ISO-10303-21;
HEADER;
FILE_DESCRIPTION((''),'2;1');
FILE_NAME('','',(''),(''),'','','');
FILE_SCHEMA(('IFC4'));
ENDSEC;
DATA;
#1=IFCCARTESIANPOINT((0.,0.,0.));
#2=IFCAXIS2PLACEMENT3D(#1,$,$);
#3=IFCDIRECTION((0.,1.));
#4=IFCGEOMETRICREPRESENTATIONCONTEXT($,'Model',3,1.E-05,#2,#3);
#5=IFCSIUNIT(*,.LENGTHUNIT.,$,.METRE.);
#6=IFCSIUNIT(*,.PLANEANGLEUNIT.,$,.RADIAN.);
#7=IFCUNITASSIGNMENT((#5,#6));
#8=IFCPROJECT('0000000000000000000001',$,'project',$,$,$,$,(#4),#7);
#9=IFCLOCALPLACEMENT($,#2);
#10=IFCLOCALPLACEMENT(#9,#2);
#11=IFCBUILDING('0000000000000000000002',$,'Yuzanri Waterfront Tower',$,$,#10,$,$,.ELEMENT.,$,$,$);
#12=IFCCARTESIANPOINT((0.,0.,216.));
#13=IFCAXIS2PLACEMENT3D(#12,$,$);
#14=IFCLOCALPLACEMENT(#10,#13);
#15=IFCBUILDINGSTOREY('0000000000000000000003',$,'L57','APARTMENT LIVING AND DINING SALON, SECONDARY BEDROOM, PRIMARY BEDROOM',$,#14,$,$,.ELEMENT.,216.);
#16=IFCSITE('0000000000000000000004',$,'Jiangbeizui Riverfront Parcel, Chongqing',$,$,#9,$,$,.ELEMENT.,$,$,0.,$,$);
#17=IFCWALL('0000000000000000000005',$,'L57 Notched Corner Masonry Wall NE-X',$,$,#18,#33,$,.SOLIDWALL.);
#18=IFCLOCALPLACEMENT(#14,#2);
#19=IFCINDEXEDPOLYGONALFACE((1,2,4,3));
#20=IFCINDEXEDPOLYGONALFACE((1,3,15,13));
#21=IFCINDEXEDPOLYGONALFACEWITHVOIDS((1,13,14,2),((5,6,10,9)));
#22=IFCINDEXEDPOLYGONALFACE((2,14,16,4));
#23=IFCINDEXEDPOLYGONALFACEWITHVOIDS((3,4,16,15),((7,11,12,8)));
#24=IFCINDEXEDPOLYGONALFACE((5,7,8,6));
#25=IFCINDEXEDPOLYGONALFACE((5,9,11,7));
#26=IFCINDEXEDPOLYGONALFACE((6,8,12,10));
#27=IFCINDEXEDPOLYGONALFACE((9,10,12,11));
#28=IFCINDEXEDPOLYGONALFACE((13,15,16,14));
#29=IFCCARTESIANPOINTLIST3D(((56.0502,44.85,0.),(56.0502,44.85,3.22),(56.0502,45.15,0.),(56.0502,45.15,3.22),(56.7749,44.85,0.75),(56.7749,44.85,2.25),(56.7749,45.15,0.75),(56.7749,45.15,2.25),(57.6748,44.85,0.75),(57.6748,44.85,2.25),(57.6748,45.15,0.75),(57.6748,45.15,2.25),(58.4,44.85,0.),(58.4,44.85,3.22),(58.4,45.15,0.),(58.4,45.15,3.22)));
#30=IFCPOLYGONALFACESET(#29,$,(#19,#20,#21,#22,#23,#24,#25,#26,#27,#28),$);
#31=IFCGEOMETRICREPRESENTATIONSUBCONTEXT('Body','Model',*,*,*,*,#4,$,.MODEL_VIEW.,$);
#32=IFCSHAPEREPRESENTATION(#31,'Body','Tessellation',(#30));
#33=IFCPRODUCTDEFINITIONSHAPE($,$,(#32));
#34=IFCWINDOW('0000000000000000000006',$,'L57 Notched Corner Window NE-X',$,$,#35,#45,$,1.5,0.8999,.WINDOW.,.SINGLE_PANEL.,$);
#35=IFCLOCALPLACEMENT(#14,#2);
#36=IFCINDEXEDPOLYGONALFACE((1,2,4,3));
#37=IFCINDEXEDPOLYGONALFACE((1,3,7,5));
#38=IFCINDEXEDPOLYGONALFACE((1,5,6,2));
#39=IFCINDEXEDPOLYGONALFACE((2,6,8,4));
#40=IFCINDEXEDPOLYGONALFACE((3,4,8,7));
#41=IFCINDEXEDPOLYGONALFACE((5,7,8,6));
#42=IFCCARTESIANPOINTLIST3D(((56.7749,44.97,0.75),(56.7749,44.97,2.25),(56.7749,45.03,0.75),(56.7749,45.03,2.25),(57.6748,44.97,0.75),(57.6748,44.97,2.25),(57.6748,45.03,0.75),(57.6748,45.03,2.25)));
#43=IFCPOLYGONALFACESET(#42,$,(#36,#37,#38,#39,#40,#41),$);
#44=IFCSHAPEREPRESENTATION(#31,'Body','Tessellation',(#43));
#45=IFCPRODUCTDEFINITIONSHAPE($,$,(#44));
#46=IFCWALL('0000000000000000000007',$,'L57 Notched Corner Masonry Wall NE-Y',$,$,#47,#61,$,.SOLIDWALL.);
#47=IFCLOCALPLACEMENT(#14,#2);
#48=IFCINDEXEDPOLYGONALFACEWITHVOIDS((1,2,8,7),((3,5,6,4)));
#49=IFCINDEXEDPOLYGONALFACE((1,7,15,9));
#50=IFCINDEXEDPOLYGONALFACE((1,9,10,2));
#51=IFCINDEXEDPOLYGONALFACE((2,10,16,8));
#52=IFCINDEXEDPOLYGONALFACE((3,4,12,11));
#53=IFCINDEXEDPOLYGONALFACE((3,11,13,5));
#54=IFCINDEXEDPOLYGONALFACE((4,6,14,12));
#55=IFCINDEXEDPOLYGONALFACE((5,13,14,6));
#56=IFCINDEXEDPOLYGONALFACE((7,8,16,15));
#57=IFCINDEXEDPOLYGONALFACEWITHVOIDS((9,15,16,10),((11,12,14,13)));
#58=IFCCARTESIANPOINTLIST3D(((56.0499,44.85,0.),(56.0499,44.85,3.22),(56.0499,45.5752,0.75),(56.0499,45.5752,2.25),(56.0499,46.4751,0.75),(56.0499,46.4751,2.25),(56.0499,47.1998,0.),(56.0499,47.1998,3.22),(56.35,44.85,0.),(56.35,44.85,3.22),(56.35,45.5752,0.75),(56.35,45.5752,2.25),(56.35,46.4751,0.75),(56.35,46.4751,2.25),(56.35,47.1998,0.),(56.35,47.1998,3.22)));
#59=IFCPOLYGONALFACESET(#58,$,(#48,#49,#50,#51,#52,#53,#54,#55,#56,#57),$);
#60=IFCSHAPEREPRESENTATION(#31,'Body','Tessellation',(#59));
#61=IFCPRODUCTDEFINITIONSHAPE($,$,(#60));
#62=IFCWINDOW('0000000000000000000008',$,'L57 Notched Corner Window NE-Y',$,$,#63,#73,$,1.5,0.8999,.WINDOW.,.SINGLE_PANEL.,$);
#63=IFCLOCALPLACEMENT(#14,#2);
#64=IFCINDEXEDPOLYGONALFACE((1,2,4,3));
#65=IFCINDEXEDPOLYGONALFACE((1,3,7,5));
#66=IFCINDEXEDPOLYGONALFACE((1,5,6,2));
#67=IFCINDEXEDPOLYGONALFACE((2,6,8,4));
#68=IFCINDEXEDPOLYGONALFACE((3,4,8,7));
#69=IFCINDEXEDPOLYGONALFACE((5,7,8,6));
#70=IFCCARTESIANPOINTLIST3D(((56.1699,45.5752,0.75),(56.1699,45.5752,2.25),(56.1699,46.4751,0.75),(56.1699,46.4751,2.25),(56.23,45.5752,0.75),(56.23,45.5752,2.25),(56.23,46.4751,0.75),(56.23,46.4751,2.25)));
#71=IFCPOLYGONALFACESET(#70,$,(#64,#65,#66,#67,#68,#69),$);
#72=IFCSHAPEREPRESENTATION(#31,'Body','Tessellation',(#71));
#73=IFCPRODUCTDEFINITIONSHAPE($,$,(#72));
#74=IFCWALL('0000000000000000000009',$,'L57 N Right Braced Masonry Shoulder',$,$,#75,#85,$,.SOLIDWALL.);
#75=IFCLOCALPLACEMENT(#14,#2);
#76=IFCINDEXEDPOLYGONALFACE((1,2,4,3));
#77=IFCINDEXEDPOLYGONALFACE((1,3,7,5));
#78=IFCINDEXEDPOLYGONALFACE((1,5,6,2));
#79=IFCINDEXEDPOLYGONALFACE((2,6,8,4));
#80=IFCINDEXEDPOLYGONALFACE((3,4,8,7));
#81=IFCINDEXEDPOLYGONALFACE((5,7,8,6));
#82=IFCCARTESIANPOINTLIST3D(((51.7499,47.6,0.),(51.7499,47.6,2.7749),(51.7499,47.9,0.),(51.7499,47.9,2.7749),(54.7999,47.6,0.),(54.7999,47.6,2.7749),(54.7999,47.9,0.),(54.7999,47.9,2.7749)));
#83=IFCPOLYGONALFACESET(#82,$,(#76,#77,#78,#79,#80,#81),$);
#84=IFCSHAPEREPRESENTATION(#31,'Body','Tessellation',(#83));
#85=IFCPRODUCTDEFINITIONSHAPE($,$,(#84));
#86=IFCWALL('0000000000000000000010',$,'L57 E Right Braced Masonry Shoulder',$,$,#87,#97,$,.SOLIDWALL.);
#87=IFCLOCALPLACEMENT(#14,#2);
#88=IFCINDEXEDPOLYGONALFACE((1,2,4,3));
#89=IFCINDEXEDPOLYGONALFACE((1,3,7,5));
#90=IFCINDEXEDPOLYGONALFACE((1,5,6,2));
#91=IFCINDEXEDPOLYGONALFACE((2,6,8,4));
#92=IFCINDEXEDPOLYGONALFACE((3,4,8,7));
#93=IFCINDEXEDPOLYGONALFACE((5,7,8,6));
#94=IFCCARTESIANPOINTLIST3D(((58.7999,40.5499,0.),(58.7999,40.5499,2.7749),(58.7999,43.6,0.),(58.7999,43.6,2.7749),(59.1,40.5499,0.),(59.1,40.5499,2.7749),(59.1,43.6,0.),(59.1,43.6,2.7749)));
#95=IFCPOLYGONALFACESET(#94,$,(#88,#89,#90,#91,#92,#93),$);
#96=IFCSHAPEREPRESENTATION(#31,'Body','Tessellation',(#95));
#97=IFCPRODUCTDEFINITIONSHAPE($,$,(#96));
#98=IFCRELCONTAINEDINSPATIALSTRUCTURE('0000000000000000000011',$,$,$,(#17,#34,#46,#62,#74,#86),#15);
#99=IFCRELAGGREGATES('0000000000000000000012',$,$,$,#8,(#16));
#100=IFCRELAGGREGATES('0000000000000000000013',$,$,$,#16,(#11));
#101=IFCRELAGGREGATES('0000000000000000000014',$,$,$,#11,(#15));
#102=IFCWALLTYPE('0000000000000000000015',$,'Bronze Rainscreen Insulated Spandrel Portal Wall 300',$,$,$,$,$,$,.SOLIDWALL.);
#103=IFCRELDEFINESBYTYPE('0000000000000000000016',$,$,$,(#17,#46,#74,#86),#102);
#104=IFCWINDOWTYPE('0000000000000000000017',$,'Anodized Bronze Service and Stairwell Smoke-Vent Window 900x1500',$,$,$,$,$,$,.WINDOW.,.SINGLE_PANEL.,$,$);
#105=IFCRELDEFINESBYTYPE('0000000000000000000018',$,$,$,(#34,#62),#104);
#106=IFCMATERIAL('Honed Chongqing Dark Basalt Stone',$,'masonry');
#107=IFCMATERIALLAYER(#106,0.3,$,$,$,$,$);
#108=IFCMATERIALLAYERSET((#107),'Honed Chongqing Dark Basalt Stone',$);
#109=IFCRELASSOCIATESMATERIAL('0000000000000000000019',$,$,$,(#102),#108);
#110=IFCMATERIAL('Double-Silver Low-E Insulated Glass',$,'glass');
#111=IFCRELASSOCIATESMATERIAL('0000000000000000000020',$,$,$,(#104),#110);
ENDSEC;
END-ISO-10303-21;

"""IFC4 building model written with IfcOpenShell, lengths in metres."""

from ifc_helpers import new_model, si_unit, direction, frame, frame_2d, origin, place, context, subcontext, project, spatial, rectangle, extrude, source, transform, mapped, material, layer, layer_set, type_object, element, fill, save


model = new_model("IFC4")

# Units and contexts
model_context = context("Model", 3, precision=1e-05, world=origin(), true_north=direction((0.0, 1.0)))
body_context = subcontext(model_context, "Body", "Model", "MODEL_VIEW")
ifc_project = project(units=[si_unit("LENGTHUNIT", "METRE"), si_unit("PLANEANGLEUNIT", "RADIAN")], contexts=[model_context])

# Site, building, storey
site_placement = place(None, origin())
site = spatial("IfcSite", under=ifc_project, at=site_placement, Name="Jiangbeizui Riverfront Parcel, Chongqing", CompositionType="ELEMENT", RefElevation=0.0)
building_placement = place(site_placement, origin())
building = spatial("IfcBuilding", under=site, at=building_placement, Name="Yuzanri Waterfront Tower", CompositionType="ELEMENT")
storey_placement = place(building_placement, frame((0.0, 0.0, 216.0)))
storey = spatial("IfcBuildingStorey", under=building, at=storey_placement, Name="L57", Description="APARTMENT LIVING AND DINING SALON, SECONDARY BEDROOM, PRIMARY BEDROOM", CompositionType="ELEMENT", Elevation=216.0)

# Walls, openings, windows
ifc_material_1 = material(Name="Honed Chongqing Dark Basalt Stone", Category="masonry")
ifc_layer_1 = layer(ifc_material_1, 0.3)
ifc_layer_set_1 = layer_set([ifc_layer_1], Name="Honed Chongqing Dark Basalt Stone")
wall_type_1 = type_object("IfcWallType", Name="Bronze Rainscreen Insulated Spandrel Portal Wall 300", PredefinedType="SOLIDWALL", material=ifc_layer_set_1)
wall_1_placement = place(storey_placement, frame((58.3999, 45.0, 0.0), z_axis=(0.0, 0.0, 1.0), x_axis=(-1.0, 0.0, 0.0)))
wall_1 = element("IfcWall", 1, at=wall_1_placement, inside=storey, type_object=wall_type_1, Name="L57 Notched Corner Masonry Wall NE-X", PredefinedType="SOLIDWALL", context=body_context, shape_type="SweptSolid", body=[
    extrude(rectangle(XDim=2.3499, YDim=0.3, at=frame_2d((1.1748, 0.0))), origin(), (0.0, 0.0, 1.0), 3.22),
])
opening_1_placement = place(wall_1_placement, frame((0.7251, 0.0, 0.75)))
opening_1 = element("IfcOpeningElement", 2, at=opening_1_placement, cuts=wall_1, PredefinedType="OPENING", context=body_context, shape_type="SweptSolid", body=[
    extrude(rectangle(XDim=0.8999, YDim=1.5, at=frame_2d((0.45, 0.75))), frame((0.0, 0.165, 0.0), z_axis=(0.0, -1.0, 0.0), x_axis=(1.0, 0.0, 0.0)), (0.0, 0.0, 1.0), 0.3298),
])
ifc_material_2 = material(Name="Double-Silver Low-E Insulated Glass", Category="glass")
window_type = type_object("IfcWindowType", Name="Anodized Bronze Service and Stairwell Smoke-Vent Window 900x1500", PartitioningType="SINGLE_PANEL", PredefinedType="WINDOW", material=ifc_material_2)
shared_shape_1 = source(origin(), body_context, "Body", "SweptSolid", [
    extrude(rectangle(XDim=0.8999, YDim=1.5, at=frame_2d((0.45, 0.75))), frame((0.0, 0.03, 0.0), z_axis=(0.0, -1.0, 0.0), x_axis=(1.0, 0.0, 0.0)), (0.0, 0.0, 1.0), 0.0601),
])
window_1_placement = place(opening_1_placement, origin())
window_1 = element("IfcWindow", 3, at=window_1_placement, inside=storey, type_object=window_type, Name="L57 Notched Corner Window NE-X", OverallHeight=1.5, OverallWidth=0.8999, PartitioningType="SINGLE_PANEL", PredefinedType="WINDOW", context=body_context, shape_type="MappedRepresentation", body=[
    mapped(shared_shape_1, transform((0.0, 0.0, 0.0), scale=1.0)),
])
fill(opening_1, window_1)
wall_2_placement = place(storey_placement, frame((56.2, 44.8501, 0.0), z_axis=(0.0, 0.0, 1.0), x_axis=(0.0, 1.0, 0.0)))
wall_2 = element("IfcWall", 4, at=wall_2_placement, inside=storey, type_object=wall_type_1, Name="L57 Notched Corner Masonry Wall NE-Y", PredefinedType="SOLIDWALL", context=body_context, shape_type="SweptSolid", body=[
    extrude(rectangle(XDim=2.3499, YDim=0.3, at=frame_2d((1.1748, 0.0))), origin(), (0.0, 0.0, 1.0), 3.22),
])
opening_2_placement = place(wall_2_placement, frame((0.7251, 0.0, 0.75)))
opening_2 = element("IfcOpeningElement", 5, at=opening_2_placement, cuts=wall_2, PredefinedType="OPENING", context=body_context, shape_type="SweptSolid", body=[
    extrude(rectangle(XDim=0.8999, YDim=1.5, at=frame_2d((0.45, 0.75))), frame((0.0, 0.165, 0.0), z_axis=(0.0, -1.0, 0.0), x_axis=(1.0, 0.0, 0.0)), (0.0, 0.0, 1.0), 0.3298),
])
window_2_placement = place(opening_2_placement, origin())
window_2 = element("IfcWindow", 6, at=window_2_placement, inside=storey, type_object=window_type, Name="L57 Notched Corner Window NE-Y", OverallHeight=1.5, OverallWidth=0.8999, PartitioningType="SINGLE_PANEL", PredefinedType="WINDOW", context=body_context, shape_type="MappedRepresentation", body=[
    mapped(shared_shape_1, transform((0.0, 0.0, 0.0), scale=1.0)),
])
fill(opening_2, window_2)

# Walls
shared_shape_2 = source(origin(), body_context, "Body", "SweptSolid", [
    extrude(rectangle(XDim=3.05, YDim=0.3, at=frame_2d((1.5249, 0.0))), origin(), (0.0, 0.0, 1.0), 2.7749),
])
for number, where, z_axis, x_axis, name in (
    (7, (51.75, 47.75, 0.0), (0.0, 0.0, 1.0), (1.0, 0.0, 0.0), "L57 N Right Braced Masonry Shoulder"),
    (8, (58.95, 40.55, 0.0), (0.0, 0.0, 1.0), (0.0, 1.0, 0.0), "L57 E Right Braced Masonry Shoulder"),
):
    element("IfcWall", number, at=place(storey_placement, frame(where, z_axis=z_axis, x_axis=x_axis)), inside=storey, type_object=wall_type_1, Name=name, PredefinedType="SOLIDWALL", context=body_context, shape_type="MappedRepresentation", body=[
        mapped(shared_shape_2, transform((0.0, 0.0, 0.0), scale=1.0)),
    ])

save(model, "model.ifc")
